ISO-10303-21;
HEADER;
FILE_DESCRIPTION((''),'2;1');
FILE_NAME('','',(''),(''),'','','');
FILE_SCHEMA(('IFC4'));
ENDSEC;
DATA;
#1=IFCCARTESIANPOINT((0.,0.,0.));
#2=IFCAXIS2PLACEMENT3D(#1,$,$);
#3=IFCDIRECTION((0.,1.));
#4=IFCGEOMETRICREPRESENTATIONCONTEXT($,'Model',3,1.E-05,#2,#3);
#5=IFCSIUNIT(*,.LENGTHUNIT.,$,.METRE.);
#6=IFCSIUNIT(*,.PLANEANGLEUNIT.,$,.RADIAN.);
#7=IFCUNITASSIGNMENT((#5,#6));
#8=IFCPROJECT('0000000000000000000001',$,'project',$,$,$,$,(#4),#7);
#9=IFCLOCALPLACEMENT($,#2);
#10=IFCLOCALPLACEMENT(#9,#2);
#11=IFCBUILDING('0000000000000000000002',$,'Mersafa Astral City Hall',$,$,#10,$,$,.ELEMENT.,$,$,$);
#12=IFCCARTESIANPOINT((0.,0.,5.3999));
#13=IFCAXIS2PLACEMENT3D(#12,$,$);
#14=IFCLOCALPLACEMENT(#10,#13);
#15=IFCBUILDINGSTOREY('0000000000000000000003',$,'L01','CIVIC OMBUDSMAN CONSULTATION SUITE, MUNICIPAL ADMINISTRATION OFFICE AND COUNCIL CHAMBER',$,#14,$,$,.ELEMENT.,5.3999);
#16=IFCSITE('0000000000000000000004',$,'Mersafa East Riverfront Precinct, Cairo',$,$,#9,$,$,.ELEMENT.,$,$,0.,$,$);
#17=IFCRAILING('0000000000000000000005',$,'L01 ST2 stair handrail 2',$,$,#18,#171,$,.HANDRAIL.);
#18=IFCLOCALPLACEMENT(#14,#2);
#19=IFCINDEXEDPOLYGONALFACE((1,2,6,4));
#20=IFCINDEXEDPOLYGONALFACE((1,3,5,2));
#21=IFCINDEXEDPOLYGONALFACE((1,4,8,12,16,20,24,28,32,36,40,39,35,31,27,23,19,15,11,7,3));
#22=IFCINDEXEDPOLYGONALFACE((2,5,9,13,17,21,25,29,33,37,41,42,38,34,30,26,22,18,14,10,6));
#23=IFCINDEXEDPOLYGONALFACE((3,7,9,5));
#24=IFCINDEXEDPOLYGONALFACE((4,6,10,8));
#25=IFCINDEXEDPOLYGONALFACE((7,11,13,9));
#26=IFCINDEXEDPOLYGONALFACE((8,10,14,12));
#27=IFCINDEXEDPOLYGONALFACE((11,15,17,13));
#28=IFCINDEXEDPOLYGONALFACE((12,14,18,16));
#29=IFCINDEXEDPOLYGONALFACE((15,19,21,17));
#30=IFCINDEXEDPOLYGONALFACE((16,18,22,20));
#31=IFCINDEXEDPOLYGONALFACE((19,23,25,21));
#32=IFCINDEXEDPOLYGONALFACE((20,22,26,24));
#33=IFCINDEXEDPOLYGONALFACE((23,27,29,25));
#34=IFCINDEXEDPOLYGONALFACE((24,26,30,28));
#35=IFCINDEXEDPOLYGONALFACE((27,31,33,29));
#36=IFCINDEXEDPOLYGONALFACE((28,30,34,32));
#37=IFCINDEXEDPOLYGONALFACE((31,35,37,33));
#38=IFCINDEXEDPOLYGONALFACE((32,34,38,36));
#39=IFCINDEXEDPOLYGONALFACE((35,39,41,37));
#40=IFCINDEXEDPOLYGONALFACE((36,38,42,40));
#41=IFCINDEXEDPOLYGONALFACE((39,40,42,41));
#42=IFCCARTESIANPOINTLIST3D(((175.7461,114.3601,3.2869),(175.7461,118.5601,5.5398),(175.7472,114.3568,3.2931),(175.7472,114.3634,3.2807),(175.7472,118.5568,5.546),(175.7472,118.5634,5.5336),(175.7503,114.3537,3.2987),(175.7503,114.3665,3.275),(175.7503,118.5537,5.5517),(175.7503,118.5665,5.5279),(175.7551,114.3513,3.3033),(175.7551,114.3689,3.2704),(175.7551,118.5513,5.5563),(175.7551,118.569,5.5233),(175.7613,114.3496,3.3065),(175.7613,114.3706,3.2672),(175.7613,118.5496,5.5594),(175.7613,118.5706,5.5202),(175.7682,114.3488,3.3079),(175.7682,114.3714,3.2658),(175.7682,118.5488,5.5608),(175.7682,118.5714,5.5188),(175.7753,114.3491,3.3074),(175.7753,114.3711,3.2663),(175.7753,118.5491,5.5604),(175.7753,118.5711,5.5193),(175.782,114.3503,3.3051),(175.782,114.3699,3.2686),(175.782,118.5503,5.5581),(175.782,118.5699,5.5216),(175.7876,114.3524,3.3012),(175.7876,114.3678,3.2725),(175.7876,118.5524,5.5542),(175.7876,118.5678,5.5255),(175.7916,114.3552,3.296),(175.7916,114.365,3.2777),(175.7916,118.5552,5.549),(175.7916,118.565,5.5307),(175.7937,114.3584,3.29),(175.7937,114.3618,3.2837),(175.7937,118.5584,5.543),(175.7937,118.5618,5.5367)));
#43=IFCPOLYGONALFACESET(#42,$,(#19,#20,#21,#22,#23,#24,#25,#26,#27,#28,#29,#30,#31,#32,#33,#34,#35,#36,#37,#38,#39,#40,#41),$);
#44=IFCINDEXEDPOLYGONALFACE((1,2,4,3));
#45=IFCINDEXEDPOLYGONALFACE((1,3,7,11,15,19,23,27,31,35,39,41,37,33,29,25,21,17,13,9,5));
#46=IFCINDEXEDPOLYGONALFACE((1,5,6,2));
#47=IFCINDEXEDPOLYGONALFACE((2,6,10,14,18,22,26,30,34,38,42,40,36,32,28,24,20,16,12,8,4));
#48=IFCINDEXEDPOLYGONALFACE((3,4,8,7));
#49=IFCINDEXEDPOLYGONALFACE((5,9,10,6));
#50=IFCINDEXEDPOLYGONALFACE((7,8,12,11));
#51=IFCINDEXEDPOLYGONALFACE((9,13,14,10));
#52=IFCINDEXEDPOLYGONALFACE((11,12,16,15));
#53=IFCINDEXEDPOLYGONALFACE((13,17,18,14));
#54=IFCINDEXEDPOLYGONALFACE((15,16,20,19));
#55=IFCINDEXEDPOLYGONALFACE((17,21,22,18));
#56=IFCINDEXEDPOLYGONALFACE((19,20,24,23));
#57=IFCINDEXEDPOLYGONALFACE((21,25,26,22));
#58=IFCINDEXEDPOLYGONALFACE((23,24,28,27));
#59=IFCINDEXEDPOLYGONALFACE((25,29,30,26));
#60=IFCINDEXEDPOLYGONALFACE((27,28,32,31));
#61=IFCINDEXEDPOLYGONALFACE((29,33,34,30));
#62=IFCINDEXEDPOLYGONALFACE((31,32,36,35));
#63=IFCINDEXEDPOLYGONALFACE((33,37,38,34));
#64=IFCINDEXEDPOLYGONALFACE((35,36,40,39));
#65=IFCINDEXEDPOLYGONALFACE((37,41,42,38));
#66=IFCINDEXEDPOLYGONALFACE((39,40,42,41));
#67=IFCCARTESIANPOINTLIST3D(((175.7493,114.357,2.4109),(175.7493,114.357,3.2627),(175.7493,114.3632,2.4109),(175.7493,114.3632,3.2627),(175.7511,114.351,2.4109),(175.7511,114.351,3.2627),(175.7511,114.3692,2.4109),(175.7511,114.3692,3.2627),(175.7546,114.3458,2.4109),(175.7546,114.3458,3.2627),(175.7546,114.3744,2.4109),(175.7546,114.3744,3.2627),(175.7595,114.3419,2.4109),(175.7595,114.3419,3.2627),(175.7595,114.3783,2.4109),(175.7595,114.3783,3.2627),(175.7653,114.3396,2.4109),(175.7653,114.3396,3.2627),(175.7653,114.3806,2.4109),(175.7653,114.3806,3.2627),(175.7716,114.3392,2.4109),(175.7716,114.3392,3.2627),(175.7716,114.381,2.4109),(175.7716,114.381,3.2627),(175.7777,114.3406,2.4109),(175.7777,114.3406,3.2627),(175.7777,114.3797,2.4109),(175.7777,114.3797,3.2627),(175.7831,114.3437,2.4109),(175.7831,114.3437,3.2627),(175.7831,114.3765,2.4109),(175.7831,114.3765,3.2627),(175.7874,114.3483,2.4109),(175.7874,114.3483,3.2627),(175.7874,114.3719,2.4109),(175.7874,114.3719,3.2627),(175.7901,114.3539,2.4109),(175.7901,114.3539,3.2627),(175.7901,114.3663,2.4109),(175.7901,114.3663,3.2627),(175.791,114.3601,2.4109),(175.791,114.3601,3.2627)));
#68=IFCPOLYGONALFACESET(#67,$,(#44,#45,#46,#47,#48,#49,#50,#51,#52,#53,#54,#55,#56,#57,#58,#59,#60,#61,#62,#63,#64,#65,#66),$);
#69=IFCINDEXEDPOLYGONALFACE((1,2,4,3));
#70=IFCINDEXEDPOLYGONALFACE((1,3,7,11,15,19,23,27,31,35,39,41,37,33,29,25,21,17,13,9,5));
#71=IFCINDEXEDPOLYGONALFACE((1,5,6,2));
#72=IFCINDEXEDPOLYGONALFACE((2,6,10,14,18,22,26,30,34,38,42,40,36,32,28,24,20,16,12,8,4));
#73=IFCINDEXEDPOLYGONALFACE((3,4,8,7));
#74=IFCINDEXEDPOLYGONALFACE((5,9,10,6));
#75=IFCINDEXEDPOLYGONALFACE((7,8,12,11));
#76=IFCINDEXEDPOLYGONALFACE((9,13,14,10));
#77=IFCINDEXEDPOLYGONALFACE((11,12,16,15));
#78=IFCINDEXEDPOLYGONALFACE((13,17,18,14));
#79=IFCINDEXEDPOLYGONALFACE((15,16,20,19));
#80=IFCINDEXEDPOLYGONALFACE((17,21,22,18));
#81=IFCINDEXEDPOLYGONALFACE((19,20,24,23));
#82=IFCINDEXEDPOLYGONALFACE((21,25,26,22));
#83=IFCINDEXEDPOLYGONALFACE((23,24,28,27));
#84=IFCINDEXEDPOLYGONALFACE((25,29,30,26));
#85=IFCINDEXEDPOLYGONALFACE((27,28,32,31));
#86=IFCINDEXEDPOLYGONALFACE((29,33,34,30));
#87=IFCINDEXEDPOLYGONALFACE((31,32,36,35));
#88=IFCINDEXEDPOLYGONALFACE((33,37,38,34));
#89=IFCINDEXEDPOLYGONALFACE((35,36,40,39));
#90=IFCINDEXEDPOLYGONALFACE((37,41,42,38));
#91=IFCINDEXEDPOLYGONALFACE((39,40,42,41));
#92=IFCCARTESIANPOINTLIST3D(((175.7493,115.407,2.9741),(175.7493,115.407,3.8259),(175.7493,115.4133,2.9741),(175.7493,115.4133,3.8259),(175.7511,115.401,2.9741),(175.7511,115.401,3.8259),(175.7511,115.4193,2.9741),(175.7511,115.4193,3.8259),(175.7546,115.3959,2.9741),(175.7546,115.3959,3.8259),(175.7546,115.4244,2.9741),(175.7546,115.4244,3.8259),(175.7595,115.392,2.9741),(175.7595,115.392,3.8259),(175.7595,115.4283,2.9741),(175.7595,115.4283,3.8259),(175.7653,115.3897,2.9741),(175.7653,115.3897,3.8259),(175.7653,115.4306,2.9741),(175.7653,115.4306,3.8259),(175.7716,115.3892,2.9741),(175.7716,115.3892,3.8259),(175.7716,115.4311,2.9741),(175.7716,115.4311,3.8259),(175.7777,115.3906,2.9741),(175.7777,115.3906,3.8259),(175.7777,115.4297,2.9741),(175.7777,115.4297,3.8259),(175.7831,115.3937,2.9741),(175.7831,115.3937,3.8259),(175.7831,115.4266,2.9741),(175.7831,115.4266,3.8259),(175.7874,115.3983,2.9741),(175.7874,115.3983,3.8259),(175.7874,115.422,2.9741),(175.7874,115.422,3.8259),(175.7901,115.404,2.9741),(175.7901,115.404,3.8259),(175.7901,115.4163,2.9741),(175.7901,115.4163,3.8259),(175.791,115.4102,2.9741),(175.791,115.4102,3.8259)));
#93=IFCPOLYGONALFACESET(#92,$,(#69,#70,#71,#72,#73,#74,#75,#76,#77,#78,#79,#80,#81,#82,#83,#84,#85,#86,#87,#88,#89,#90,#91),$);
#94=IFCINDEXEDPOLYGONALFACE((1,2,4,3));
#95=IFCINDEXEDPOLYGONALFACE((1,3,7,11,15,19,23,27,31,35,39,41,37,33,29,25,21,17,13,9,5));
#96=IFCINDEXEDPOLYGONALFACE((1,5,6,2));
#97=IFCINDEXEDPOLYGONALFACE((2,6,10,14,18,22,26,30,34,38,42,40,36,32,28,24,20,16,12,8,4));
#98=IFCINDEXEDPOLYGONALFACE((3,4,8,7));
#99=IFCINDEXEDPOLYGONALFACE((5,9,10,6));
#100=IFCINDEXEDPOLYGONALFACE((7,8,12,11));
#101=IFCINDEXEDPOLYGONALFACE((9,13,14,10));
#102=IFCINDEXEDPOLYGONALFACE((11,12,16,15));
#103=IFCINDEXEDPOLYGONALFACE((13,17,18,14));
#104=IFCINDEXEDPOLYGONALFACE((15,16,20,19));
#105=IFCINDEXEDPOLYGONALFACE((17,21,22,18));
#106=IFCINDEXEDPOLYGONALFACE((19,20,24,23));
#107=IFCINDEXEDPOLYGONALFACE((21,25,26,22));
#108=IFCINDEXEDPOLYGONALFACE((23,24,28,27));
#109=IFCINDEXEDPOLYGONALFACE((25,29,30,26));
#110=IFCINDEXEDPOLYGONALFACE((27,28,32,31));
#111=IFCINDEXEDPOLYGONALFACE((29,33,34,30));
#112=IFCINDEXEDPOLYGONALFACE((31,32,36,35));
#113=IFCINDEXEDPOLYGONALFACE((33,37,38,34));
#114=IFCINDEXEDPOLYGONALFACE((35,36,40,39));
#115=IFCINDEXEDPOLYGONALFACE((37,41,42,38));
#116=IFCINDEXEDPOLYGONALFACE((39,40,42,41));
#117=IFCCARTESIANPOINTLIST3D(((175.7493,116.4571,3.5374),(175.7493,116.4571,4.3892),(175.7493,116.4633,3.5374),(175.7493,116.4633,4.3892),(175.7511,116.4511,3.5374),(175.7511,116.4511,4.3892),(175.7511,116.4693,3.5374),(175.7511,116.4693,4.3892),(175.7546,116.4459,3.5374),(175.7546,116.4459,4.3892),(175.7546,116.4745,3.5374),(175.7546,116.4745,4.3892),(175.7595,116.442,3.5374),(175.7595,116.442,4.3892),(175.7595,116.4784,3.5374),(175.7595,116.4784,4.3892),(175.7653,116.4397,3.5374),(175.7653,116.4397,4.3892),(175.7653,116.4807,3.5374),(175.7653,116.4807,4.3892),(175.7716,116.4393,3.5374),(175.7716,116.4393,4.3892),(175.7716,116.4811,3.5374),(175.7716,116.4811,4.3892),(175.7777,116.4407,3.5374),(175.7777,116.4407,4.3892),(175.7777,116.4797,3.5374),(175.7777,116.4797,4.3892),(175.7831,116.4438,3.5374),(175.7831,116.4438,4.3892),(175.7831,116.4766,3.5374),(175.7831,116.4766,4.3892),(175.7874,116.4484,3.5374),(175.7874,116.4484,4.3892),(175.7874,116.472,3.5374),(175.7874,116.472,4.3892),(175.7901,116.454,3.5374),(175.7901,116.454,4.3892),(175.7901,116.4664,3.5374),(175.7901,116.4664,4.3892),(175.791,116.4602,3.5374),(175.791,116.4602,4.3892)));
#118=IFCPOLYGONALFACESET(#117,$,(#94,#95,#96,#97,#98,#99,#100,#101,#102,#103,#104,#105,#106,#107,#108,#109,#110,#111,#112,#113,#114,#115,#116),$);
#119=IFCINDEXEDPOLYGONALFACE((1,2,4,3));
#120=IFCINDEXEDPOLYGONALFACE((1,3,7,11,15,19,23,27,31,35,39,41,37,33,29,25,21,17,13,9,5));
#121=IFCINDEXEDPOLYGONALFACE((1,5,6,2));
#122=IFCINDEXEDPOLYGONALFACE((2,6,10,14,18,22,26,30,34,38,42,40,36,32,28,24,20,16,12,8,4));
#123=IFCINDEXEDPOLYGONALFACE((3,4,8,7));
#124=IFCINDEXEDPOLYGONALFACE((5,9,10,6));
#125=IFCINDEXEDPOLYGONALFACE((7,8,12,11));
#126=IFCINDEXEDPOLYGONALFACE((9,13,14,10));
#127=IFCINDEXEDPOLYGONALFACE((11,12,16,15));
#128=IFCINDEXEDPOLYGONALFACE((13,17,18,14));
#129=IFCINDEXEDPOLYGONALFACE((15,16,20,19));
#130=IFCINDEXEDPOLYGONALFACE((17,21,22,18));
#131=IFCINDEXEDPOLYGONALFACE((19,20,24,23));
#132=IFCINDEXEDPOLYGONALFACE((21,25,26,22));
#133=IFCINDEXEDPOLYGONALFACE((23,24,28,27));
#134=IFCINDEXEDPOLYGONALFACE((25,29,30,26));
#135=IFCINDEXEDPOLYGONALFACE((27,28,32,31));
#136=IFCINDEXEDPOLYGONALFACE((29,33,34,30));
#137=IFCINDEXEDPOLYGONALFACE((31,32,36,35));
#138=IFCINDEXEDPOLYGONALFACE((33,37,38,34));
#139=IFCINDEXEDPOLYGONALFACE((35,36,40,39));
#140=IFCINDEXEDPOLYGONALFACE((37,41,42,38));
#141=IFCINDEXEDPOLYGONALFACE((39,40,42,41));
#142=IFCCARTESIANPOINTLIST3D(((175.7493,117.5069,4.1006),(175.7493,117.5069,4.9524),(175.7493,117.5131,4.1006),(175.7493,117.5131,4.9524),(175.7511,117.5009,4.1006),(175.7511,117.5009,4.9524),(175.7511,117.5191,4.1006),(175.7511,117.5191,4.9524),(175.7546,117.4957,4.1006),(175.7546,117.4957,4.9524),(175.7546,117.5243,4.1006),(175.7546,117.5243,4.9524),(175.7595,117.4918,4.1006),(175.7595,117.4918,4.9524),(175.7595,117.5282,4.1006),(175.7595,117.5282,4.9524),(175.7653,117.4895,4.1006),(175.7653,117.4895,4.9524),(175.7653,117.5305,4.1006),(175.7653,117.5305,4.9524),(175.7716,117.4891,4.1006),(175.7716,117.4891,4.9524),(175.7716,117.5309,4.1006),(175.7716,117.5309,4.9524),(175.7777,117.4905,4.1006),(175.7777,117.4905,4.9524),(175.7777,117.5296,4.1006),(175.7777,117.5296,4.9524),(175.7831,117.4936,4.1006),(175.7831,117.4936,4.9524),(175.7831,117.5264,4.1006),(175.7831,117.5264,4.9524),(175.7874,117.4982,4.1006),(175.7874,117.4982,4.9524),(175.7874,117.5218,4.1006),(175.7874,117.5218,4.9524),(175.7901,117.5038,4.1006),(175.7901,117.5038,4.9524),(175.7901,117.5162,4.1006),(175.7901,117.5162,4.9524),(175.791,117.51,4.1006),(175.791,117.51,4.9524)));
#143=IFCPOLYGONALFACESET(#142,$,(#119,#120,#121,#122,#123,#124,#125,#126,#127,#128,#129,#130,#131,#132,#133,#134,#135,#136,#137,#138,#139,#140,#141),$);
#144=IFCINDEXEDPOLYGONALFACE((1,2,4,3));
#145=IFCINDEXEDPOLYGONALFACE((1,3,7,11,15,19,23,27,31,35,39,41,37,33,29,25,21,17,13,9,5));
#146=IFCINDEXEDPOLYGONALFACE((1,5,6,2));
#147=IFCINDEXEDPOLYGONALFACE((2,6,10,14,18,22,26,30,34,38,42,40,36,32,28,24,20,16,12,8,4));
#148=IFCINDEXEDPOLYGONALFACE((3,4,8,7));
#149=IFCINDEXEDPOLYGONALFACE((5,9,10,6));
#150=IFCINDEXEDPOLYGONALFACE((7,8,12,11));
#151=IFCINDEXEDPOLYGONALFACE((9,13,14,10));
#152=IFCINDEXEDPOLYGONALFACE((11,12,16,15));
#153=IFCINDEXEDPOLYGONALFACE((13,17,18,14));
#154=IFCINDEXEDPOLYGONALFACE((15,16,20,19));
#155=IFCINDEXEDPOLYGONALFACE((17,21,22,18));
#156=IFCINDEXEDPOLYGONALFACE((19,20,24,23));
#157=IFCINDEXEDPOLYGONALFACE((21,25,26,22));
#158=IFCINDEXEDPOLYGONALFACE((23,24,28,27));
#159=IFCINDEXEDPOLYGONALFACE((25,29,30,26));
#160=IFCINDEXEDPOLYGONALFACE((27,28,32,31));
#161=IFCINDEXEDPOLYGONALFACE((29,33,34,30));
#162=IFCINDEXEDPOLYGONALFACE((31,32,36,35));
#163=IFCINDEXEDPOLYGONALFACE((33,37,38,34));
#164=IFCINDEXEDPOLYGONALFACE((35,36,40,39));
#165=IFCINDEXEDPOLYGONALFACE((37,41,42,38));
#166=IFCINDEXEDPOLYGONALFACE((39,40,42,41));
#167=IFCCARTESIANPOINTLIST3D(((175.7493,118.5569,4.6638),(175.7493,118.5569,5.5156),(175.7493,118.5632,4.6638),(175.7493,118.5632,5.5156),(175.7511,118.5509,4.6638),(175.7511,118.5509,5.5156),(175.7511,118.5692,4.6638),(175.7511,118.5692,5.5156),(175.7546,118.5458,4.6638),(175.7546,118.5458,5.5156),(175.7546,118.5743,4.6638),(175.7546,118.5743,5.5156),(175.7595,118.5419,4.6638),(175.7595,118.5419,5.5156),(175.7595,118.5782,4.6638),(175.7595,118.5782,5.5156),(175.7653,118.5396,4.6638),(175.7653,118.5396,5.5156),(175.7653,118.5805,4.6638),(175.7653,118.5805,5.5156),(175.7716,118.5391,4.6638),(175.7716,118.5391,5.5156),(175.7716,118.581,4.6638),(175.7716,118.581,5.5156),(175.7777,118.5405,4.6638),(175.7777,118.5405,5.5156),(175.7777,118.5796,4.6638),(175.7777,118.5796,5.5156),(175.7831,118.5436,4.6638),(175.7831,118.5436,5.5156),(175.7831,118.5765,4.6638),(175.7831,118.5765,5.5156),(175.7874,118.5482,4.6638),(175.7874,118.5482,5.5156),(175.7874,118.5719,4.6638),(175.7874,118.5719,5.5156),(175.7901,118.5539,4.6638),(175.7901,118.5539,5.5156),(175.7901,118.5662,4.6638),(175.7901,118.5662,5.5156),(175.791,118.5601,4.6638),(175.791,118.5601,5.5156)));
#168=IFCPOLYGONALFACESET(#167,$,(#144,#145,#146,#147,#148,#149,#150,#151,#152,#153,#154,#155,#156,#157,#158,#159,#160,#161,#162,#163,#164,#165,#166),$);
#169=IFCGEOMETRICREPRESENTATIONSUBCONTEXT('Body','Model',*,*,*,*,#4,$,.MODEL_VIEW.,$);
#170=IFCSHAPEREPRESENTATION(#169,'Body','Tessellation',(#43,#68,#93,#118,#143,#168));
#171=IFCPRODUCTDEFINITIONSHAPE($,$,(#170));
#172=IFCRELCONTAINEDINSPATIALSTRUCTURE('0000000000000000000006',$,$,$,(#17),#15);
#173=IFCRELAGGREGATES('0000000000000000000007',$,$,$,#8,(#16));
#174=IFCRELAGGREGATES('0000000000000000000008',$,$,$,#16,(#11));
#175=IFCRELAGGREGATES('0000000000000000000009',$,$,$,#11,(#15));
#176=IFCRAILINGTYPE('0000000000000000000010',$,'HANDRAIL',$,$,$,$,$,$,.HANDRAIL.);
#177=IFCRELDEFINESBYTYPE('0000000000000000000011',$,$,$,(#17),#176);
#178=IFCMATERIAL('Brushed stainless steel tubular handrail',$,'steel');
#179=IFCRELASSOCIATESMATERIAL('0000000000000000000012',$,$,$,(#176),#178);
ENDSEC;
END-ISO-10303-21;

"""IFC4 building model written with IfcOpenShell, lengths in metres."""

from ifc_helpers import new_model, si_unit, direction, frame, origin, origin_2d, place, context, subcontext, project, spatial, circle, extrude, material, type_object, element, save


model = new_model("IFC4")

# Units and contexts
model_context = context("Model", 3, precision=1e-05, world=origin(), true_north=direction((0.0, 1.0)))
body_context = subcontext(model_context, "Body", "Model", "MODEL_VIEW")
ifc_project = project(units=[si_unit("LENGTHUNIT", "METRE"), si_unit("PLANEANGLEUNIT", "RADIAN")], contexts=[model_context])

# Site, building, storey
site_placement = place(None, origin())
site = spatial("IfcSite", under=ifc_project, at=site_placement, Name="Mersafa East Riverfront Precinct, Cairo", CompositionType="ELEMENT", RefElevation=0.0)
building_placement = place(site_placement, origin())
building = spatial("IfcBuilding", under=site, at=building_placement, Name="Mersafa Astral City Hall", CompositionType="ELEMENT")
storey_placement = place(building_placement, frame((0.0, 0.0, 5.3999)))
storey = spatial("IfcBuildingStorey", under=building, at=storey_placement, Name="L01", Description="CIVIC OMBUDSMAN CONSULTATION SUITE, MUNICIPAL ADMINISTRATION OFFICE AND COUNCIL CHAMBER", CompositionType="ELEMENT", Elevation=5.3999)

# Railing
ifc_material_1 = material(Name="Brushed stainless steel tubular handrail", Category="steel")
railing_type_1 = type_object("IfcRailingType", Name="HANDRAIL", PredefinedType="HANDRAIL", material=ifc_material_1)
railing_1_placement = place(storey_placement, frame((175.77, 114.3601, 2.4109)))
element("IfcRailing", 1, at=railing_1_placement, inside=storey, type_object=railing_type_1, Name="L01 ST2 stair handrail 2", PredefinedType="HANDRAIL", context=body_context, shape_type="SweptSolid", body=[
    extrude(circle(Radius=0.0239, at=origin_2d()), frame((0.0, 0.0, 0.876), z_axis=(0.0, 0.881222, 0.472703), x_axis=(-1.0, 0.0, 0.0)), (0.0, 0.0, 1.0), 4.7661),
    extrude(circle(Radius=0.021, at=origin_2d()), origin(), (0.0, 0.0, 1.0), 0.8518),
    extrude(circle(Radius=0.021, at=origin_2d()), frame((0.0, 1.05, 0.5632)), (0.0, 0.0, 1.0), 0.8518),
    extrude(circle(Radius=0.021, at=origin_2d()), frame((0.0, 2.1001, 1.1265)), (0.0, 0.0, 1.0), 0.8518),
    extrude(circle(Radius=0.021, at=origin_2d()), frame((0.0, 3.1499, 1.6897)), (0.0, 0.0, 1.0), 0.8518),
    extrude(circle(Radius=0.021, at=origin_2d()), frame((0.0, 4.2, 2.2529)), (0.0, 0.0, 1.0), 0.8518),
])

save(model, "model.ifc")
